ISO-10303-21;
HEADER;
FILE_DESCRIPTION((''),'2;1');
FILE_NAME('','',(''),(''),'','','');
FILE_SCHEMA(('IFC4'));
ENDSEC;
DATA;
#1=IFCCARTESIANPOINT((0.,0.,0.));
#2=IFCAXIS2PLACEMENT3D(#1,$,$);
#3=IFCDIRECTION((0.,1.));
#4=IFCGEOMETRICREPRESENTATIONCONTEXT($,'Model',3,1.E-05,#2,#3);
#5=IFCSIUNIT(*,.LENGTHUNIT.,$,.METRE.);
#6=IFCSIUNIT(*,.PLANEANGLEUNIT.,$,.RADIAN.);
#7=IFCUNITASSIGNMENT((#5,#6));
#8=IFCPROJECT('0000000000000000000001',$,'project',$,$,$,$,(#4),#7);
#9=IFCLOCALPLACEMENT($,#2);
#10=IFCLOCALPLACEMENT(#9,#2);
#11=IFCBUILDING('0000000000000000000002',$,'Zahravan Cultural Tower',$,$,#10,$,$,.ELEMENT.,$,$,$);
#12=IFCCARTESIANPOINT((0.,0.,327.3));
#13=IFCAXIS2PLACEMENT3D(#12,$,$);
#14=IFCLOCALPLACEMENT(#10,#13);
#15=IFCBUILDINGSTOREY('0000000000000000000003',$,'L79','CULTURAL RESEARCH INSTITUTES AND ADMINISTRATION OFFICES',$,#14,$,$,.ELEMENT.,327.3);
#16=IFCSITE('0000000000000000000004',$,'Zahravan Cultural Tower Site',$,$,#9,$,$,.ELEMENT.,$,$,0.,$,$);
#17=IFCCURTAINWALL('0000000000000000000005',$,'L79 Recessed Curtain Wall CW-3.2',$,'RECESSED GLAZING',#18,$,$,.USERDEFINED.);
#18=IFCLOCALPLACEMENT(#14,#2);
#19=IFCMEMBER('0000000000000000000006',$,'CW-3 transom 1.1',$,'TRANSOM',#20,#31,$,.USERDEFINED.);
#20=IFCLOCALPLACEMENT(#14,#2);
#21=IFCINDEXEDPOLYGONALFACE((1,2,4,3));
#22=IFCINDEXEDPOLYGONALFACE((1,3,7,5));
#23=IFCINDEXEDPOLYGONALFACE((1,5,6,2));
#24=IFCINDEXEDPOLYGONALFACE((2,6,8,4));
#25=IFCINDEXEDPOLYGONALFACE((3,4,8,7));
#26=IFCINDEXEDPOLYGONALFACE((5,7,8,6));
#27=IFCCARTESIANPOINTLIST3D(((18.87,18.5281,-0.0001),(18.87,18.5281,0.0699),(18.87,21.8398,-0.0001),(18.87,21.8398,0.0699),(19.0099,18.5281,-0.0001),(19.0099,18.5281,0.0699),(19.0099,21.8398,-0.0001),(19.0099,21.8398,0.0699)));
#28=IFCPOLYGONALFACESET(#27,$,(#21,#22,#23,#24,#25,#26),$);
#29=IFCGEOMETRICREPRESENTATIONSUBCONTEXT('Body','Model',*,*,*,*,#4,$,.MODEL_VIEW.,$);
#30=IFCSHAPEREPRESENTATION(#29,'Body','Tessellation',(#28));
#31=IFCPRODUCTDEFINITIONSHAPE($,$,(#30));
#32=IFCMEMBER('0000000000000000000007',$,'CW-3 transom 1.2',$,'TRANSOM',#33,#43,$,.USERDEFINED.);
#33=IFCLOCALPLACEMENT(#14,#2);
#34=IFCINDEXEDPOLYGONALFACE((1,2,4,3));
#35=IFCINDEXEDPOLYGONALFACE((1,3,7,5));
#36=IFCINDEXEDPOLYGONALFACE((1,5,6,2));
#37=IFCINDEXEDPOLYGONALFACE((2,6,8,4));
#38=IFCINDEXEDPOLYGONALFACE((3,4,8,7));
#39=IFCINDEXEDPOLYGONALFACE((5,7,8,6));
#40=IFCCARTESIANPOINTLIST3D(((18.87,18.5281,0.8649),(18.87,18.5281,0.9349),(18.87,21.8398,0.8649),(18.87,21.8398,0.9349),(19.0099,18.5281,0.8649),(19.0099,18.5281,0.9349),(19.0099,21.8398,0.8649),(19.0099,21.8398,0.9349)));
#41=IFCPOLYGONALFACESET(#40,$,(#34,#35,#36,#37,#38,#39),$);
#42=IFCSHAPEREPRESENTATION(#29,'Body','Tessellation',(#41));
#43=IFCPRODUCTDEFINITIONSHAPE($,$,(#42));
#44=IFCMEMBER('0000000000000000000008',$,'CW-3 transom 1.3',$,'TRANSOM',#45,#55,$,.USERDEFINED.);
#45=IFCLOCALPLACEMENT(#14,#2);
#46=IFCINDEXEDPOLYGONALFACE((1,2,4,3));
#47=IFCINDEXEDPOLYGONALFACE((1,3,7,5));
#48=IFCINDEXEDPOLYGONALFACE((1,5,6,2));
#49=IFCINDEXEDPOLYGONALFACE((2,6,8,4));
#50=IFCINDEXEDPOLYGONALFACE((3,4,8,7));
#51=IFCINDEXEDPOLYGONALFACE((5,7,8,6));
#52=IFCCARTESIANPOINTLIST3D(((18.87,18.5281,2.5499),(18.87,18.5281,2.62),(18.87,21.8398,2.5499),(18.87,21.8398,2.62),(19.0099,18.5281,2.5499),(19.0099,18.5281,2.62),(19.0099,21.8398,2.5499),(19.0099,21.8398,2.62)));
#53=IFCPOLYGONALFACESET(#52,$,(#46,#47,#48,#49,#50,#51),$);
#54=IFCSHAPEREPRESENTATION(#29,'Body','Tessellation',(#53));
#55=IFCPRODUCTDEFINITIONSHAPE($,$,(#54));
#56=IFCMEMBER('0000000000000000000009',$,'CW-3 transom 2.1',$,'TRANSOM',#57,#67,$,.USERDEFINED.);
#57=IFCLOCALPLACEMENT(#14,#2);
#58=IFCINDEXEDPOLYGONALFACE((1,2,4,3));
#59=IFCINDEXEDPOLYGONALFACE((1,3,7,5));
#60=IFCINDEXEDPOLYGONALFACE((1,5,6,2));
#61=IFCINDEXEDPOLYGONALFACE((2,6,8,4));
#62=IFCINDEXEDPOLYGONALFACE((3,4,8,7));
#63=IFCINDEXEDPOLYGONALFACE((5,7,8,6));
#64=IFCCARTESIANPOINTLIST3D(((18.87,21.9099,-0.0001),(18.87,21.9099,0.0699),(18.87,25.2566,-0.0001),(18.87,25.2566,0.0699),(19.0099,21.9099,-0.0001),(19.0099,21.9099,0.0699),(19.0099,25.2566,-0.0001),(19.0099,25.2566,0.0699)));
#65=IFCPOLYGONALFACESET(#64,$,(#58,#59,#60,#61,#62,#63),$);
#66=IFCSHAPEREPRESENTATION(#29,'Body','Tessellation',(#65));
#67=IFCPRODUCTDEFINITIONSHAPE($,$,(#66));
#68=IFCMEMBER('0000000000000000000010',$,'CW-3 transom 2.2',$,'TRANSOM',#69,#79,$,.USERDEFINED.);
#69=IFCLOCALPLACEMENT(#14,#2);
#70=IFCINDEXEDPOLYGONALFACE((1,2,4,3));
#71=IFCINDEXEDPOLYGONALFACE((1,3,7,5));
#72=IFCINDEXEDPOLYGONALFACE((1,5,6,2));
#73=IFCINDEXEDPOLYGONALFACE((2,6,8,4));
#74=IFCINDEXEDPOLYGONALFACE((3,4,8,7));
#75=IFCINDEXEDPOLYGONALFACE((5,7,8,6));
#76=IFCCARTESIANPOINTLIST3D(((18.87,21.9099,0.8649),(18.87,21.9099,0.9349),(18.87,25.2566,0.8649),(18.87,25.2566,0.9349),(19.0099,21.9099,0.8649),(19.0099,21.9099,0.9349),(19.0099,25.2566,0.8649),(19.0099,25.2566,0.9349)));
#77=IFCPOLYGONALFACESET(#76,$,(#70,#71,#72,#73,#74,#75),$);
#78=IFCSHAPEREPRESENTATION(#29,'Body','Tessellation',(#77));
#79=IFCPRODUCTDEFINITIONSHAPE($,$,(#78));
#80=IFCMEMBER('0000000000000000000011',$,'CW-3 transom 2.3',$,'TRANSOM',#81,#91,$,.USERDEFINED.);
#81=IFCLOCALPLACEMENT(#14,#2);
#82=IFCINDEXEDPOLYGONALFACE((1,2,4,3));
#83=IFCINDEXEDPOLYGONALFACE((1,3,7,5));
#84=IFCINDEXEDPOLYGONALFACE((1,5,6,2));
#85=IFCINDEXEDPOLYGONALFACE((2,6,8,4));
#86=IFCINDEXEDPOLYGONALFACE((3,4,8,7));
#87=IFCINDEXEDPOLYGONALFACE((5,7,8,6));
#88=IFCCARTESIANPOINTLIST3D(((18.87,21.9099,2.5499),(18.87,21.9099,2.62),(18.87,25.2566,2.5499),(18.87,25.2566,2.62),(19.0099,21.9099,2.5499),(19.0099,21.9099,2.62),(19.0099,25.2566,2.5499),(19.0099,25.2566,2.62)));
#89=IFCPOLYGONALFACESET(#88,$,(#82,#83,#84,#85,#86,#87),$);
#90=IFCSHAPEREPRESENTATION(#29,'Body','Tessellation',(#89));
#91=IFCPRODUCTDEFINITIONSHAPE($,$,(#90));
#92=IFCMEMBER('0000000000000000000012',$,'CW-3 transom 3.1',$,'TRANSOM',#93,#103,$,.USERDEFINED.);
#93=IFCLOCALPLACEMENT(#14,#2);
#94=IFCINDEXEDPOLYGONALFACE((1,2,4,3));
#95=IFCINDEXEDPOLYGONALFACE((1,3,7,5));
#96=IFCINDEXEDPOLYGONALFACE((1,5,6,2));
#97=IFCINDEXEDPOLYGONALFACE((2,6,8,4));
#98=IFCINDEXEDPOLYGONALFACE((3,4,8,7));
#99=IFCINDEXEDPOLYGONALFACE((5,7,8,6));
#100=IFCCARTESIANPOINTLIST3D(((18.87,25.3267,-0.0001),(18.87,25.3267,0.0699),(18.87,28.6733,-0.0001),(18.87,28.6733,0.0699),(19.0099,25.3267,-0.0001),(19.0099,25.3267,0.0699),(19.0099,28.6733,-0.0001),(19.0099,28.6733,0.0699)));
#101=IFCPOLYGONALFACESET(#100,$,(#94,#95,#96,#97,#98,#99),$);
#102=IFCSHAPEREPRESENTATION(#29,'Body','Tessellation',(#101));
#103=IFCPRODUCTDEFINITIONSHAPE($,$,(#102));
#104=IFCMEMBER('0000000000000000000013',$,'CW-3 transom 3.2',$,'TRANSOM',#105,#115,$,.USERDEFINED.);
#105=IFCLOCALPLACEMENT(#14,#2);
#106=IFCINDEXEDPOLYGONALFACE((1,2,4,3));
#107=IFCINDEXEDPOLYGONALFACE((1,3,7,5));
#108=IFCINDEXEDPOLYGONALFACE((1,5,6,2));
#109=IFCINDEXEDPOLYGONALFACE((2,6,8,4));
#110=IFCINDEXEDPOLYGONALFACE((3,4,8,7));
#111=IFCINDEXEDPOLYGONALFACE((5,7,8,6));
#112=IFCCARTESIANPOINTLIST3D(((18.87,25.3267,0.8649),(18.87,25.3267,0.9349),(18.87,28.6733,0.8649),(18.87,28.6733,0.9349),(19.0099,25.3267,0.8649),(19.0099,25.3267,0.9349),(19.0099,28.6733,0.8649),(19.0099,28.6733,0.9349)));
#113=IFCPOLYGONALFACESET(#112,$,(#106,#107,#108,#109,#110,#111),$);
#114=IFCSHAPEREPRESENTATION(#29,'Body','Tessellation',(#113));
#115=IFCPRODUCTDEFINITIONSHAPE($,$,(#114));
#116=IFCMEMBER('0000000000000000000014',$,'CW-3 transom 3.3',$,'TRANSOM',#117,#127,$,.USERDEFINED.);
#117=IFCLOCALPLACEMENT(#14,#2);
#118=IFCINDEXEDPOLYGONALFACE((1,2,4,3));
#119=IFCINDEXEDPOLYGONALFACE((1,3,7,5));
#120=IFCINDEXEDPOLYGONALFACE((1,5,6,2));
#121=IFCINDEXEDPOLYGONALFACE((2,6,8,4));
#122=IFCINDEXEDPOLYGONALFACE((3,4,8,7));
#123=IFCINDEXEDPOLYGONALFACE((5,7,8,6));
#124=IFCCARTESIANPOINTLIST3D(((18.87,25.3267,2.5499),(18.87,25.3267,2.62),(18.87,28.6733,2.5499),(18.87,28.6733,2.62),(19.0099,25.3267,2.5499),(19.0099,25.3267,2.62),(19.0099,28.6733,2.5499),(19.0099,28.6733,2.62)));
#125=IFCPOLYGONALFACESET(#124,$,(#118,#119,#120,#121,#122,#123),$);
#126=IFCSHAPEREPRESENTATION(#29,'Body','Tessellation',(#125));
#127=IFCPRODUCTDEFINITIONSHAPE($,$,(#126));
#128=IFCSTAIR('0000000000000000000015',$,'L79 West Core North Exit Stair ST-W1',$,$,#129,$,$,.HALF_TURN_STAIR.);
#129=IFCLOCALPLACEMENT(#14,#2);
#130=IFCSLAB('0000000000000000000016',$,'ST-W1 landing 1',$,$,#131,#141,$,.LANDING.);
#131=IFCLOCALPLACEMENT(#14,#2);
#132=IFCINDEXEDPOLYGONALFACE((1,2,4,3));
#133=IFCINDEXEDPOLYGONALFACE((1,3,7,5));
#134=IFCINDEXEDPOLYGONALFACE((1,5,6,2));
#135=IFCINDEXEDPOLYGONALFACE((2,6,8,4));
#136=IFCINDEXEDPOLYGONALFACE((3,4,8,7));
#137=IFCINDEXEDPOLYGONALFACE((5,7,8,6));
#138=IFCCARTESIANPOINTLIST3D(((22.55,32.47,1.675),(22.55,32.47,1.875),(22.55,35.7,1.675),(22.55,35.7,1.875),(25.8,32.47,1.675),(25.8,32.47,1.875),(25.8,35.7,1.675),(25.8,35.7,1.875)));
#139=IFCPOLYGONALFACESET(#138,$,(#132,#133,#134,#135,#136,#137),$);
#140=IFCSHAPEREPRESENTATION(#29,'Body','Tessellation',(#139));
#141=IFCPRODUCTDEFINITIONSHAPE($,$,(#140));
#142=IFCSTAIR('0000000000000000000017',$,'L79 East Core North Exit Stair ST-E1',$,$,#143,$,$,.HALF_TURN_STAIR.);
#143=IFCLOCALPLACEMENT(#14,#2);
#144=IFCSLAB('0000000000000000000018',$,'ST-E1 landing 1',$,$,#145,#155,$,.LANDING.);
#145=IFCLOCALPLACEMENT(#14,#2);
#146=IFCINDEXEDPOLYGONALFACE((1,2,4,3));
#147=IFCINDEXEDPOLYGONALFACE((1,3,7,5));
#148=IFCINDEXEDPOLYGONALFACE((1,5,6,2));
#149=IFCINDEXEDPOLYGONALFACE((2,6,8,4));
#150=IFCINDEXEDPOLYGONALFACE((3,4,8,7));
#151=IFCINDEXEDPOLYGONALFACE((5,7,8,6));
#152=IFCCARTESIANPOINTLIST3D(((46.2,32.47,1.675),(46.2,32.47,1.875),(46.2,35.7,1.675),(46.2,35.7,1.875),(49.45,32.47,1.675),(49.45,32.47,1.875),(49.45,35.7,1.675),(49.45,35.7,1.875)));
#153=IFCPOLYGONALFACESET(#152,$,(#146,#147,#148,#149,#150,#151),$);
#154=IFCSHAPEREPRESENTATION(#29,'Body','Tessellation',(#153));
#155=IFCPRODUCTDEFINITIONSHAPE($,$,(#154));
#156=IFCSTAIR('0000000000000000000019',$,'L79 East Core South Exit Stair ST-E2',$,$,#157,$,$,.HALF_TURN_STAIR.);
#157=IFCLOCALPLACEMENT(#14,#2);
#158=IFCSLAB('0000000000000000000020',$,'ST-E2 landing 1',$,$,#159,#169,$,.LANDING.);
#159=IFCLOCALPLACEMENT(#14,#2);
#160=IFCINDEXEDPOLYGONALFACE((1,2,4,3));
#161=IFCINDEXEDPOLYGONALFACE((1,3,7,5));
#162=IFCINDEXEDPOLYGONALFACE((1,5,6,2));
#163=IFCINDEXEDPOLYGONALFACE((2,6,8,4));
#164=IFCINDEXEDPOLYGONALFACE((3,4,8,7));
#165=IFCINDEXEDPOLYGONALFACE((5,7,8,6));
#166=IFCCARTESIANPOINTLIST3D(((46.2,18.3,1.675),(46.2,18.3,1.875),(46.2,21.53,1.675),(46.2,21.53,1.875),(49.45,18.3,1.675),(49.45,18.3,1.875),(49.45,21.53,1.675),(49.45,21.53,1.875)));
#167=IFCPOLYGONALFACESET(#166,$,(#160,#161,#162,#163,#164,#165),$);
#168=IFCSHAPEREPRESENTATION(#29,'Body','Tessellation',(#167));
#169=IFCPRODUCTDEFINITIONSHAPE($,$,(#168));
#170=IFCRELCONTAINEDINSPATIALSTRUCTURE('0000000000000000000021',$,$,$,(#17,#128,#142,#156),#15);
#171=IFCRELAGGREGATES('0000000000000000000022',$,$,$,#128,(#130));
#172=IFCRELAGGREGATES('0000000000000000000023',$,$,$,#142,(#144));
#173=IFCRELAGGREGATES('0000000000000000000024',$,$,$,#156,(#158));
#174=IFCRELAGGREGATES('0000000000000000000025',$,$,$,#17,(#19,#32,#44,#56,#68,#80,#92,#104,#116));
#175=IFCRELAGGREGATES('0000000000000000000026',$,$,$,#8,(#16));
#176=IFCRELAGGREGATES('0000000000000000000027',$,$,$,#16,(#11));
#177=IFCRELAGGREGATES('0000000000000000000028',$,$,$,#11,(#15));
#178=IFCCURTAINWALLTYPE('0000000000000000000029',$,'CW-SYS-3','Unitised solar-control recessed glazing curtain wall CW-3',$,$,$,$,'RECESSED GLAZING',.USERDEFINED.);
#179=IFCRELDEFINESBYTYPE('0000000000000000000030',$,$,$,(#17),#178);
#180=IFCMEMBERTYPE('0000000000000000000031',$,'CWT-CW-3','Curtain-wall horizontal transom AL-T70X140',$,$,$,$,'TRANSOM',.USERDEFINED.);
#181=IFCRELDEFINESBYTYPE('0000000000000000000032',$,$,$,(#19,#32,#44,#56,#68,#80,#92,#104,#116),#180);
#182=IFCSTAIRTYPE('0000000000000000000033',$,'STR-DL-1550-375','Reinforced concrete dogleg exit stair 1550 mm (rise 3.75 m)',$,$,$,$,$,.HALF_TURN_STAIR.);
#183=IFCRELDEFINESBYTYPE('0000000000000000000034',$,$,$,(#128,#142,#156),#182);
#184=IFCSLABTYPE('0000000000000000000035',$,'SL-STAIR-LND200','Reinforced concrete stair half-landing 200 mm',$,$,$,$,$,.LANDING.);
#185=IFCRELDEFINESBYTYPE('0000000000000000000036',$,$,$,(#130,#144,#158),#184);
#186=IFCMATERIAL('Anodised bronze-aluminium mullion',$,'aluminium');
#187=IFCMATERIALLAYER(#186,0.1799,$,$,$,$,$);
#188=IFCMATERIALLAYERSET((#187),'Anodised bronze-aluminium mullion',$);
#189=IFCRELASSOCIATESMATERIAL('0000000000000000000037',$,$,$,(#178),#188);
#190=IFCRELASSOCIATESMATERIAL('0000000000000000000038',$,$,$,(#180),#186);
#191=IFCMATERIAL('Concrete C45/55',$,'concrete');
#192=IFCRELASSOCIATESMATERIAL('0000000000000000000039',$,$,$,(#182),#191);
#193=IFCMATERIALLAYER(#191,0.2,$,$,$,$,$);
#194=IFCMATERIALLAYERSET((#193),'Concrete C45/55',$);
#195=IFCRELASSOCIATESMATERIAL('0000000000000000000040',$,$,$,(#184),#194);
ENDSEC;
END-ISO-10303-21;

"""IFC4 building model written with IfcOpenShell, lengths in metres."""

from ifc_helpers import new_model, si_unit, direction, frame, origin, origin_2d, place, context, subcontext, project, spatial, polyline, rectangle, outline, extrude, source, transform, mapped, material, layer, layer_set, material_profile, profile_set, type_object, element, aggregate, save


model = new_model("IFC4")

# Units and contexts
model_context = context("Model", 3, precision=1e-05, world=origin(), true_north=direction((0.0, 1.0)))
body_context = subcontext(model_context, "Body", "Model", "MODEL_VIEW")
ifc_project = project(units=[si_unit("LENGTHUNIT", "METRE"), si_unit("PLANEANGLEUNIT", "RADIAN")], contexts=[model_context])

# Site, building, storey
site_placement = place(None, origin())
site = spatial("IfcSite", under=ifc_project, at=site_placement, Name="Zahravan Cultural Tower Site", CompositionType="ELEMENT", RefElevation=0.0)
building_placement = place(site_placement, origin())
building = spatial("IfcBuilding", under=site, at=building_placement, Name="Zahravan Cultural Tower", CompositionType="ELEMENT")
storey_placement = place(building_placement, frame((0.0, 0.0, 327.3)))
storey = spatial("IfcBuildingStorey", under=building, at=storey_placement, Name="L79", Description="CULTURAL RESEARCH INSTITUTES AND ADMINISTRATION OFFICES", CompositionType="ELEMENT", Elevation=327.3)

# Curtain wall, members
ifc_material_1 = material(Name="Anodised bronze-aluminium mullion", Category="aluminium")
ifc_layer_1 = layer(ifc_material_1, 0.1799)
ifc_layer_set_1 = layer_set([ifc_layer_1], Name="Anodised bronze-aluminium mullion")
curtain_wall_type = type_object("IfcCurtainWallType", Name="CW-SYS-3", Description="Unitised solar-control recessed glazing curtain wall CW-3", ElementType="RECESSED GLAZING", PredefinedType="USERDEFINED", material=ifc_layer_set_1)
curtain_wall_placement = place(storey_placement, origin())
curtain_wall = element("IfcCurtainWall", 1, at=curtain_wall_placement, inside=storey, type_object=curtain_wall_type, Name="L79 Recessed Curtain Wall CW-3.2", ObjectType="RECESSED GLAZING", PredefinedType="USERDEFINED")
ifc_material_profile_1 = material_profile(ifc_material_1, rectangle(XDim=0.1399, YDim=0.0701, at=origin_2d()), Name="AL-T70X140")
ifc_profile_set_1 = profile_set([ifc_material_profile_1], Name="Anodised bronze-aluminium mullion")
member_type_1 = type_object("IfcMemberType", Name="CWT-CW-3", Description="Curtain-wall horizontal transom AL-T70X140", ElementType="TRANSOM", PredefinedType="USERDEFINED", material=ifc_profile_set_1)
shared_shape_1 = source(origin(), body_context, "Body", "SweptSolid", [
    extrude(rectangle(XDim=0.1399, YDim=0.0701, at=origin_2d()), origin(), (0.0, 0.0, 1.0), 3.3118),
])
member_1_placement = place(storey_placement, frame((18.9399, 18.5281, 0.0349), z_axis=(0.0, 1.0, 0.0), x_axis=(-1.0, 0.0, 0.0)))
member_1 = element("IfcMember", 2, at=member_1_placement, type_object=member_type_1, Name="CW-3 transom 1.1", ObjectType="TRANSOM", PredefinedType="USERDEFINED", context=body_context, shape_type="MappedRepresentation", body=[
    mapped(shared_shape_1, transform((0.0, 0.0, 0.0), x_axis=(1.0, 0.0, 0.0), y_axis=(0.0, 1.0, 0.0), z_axis=(0.0, 0.0, 1.0), scale=1.0)),
])
member_2_placement = place(storey_placement, frame((18.9399, 18.5281, 0.8999), z_axis=(0.0, 1.0, 0.0), x_axis=(-1.0, 0.0, 0.0)))
member_2 = element("IfcMember", 3, at=member_2_placement, type_object=member_type_1, Name="CW-3 transom 1.2", ObjectType="TRANSOM", PredefinedType="USERDEFINED", context=body_context, shape_type="MappedRepresentation", body=[
    mapped(shared_shape_1, transform((0.0, 0.0, 0.0), x_axis=(1.0, 0.0, 0.0), y_axis=(0.0, 1.0, 0.0), z_axis=(0.0, 0.0, 1.0), scale=1.0)),
])
member_3_placement = place(storey_placement, frame((18.9399, 18.5281, 2.585), z_axis=(0.0, 1.0, 0.0), x_axis=(-1.0, 0.0, 0.0)))
member_3 = element("IfcMember", 4, at=member_3_placement, type_object=member_type_1, Name="CW-3 transom 1.3", ObjectType="TRANSOM", PredefinedType="USERDEFINED", context=body_context, shape_type="MappedRepresentation", body=[
    mapped(shared_shape_1, transform((0.0, 0.0, 0.0), x_axis=(1.0, 0.0, 0.0), y_axis=(0.0, 1.0, 0.0), z_axis=(0.0, 0.0, 1.0), scale=1.0)),
])
shared_shape_2 = source(origin(), body_context, "Body", "SweptSolid", [
    extrude(rectangle(XDim=0.1399, YDim=0.0701, at=origin_2d()), origin(), (0.0, 0.0, 1.0), 3.3467),
])
member_4_placement = place(storey_placement, frame((18.9399, 21.9099, 0.0349), z_axis=(0.0, 1.0, 0.0), x_axis=(-1.0, 0.0, 0.0)))
member_4 = element("IfcMember", 5, at=member_4_placement, type_object=member_type_1, Name="CW-3 transom 2.1", ObjectType="TRANSOM", PredefinedType="USERDEFINED", context=body_context, shape_type="MappedRepresentation", body=[
    mapped(shared_shape_2, transform((0.0, 0.0, 0.0), x_axis=(1.0, 0.0, 0.0), y_axis=(0.0, 1.0, 0.0), z_axis=(0.0, 0.0, 1.0), scale=1.0)),
])
member_5_placement = place(storey_placement, frame((18.9399, 21.9099, 0.8999), z_axis=(0.0, 1.0, 0.0), x_axis=(-1.0, 0.0, 0.0)))
member_5 = element("IfcMember", 6, at=member_5_placement, type_object=member_type_1, Name="CW-3 transom 2.2", ObjectType="TRANSOM", PredefinedType="USERDEFINED", context=body_context, shape_type="MappedRepresentation", body=[
    mapped(shared_shape_2, transform((0.0, 0.0, 0.0), x_axis=(1.0, 0.0, 0.0), y_axis=(0.0, 1.0, 0.0), z_axis=(0.0, 0.0, 1.0), scale=1.0)),
])
member_6_placement = place(storey_placement, frame((18.9399, 21.9099, 2.585), z_axis=(0.0, 1.0, 0.0), x_axis=(-1.0, 0.0, 0.0)))
member_6 = element("IfcMember", 7, at=member_6_placement, type_object=member_type_1, Name="CW-3 transom 2.3", ObjectType="TRANSOM", PredefinedType="USERDEFINED", context=body_context, shape_type="MappedRepresentation", body=[
    mapped(shared_shape_2, transform((0.0, 0.0, 0.0), x_axis=(1.0, 0.0, 0.0), y_axis=(0.0, 1.0, 0.0), z_axis=(0.0, 0.0, 1.0), scale=1.0)),
])
member_7_placement = place(storey_placement, frame((18.9399, 25.3267, 0.0349), z_axis=(0.0, 1.0, 0.0), x_axis=(-1.0, 0.0, 0.0)))
member_7 = element("IfcMember", 8, at=member_7_placement, type_object=member_type_1, Name="CW-3 transom 3.1", ObjectType="TRANSOM", PredefinedType="USERDEFINED", context=body_context, shape_type="MappedRepresentation", body=[
    mapped(shared_shape_2, transform((0.0, 0.0, 0.0), x_axis=(1.0, 0.0, 0.0), y_axis=(0.0, 1.0, 0.0), z_axis=(0.0, 0.0, 1.0), scale=1.0)),
])
member_8_placement = place(storey_placement, frame((18.9399, 25.3267, 0.8999), z_axis=(0.0, 1.0, 0.0), x_axis=(-1.0, 0.0, 0.0)))
member_8 = element("IfcMember", 9, at=member_8_placement, type_object=member_type_1, Name="CW-3 transom 3.2", ObjectType="TRANSOM", PredefinedType="USERDEFINED", context=body_context, shape_type="MappedRepresentation", body=[
    mapped(shared_shape_2, transform((0.0, 0.0, 0.0), x_axis=(1.0, 0.0, 0.0), y_axis=(0.0, 1.0, 0.0), z_axis=(0.0, 0.0, 1.0), scale=1.0)),
])
member_9_placement = place(storey_placement, frame((18.9399, 25.3267, 2.585), z_axis=(0.0, 1.0, 0.0), x_axis=(-1.0, 0.0, 0.0)))
member_9 = element("IfcMember", 10, at=member_9_placement, type_object=member_type_1, Name="CW-3 transom 3.3", ObjectType="TRANSOM", PredefinedType="USERDEFINED", context=body_context, shape_type="MappedRepresentation", body=[
    mapped(shared_shape_2, transform((0.0, 0.0, 0.0), x_axis=(1.0, 0.0, 0.0), y_axis=(0.0, 1.0, 0.0), z_axis=(0.0, 0.0, 1.0), scale=1.0)),
])

# Stairs, slabs
ifc_material_2 = material(Name="Concrete C45/55", Category="concrete")
stair_type = type_object("IfcStairType", Name="STR-DL-1550-375", Description="Reinforced concrete dogleg exit stair 1550 mm (rise 3.75 m)", PredefinedType="HALF_TURN_STAIR", material=ifc_material_2)
stair_1_placement = place(storey_placement, origin())
stair_1 = element("IfcStair", 11, at=stair_1_placement, inside=storey, type_object=stair_type, Name="L79 West Core North Exit Stair ST-W1", PredefinedType="HALF_TURN_STAIR")
ifc_layer_2 = layer(ifc_material_2, 0.2)
ifc_layer_set_2 = layer_set([ifc_layer_2], Name="Concrete C45/55")
slab_type_1 = type_object("IfcSlabType", Name="SL-STAIR-LND200", Description="Reinforced concrete stair half-landing 200 mm", PredefinedType="LANDING", material=ifc_layer_set_2)
slab_1_placement = place(storey_placement, frame((0.0, 0.0, 1.675)))
slab_1 = element("IfcSlab", 12, at=slab_1_placement, type_object=slab_type_1, Name="ST-W1 landing 1", PredefinedType="LANDING", context=body_context, shape_type="SweptSolid", body=[
    extrude(outline(polyline([(25.8, 32.47), (25.8, 35.7), (22.55, 35.7), (22.55, 32.47), (25.8, 32.47)])), origin(), (0.0, 0.0, 1.0), 0.2),
])
aggregate(stair_1, [slab_1])
stair_2_placement = place(storey_placement, origin())
stair_2 = element("IfcStair", 13, at=stair_2_placement, inside=storey, type_object=stair_type, Name="L79 East Core North Exit Stair ST-E1", PredefinedType="HALF_TURN_STAIR")
slab_2_placement = place(storey_placement, frame((0.0, 0.0, 1.675)))
slab_2 = element("IfcSlab", 14, at=slab_2_placement, type_object=slab_type_1, Name="ST-E1 landing 1", PredefinedType="LANDING", context=body_context, shape_type="SweptSolid", body=[
    extrude(outline(polyline([(49.45, 32.47), (49.45, 35.7), (46.2, 35.7), (46.2, 32.47), (49.45, 32.47)])), origin(), (0.0, 0.0, 1.0), 0.2),
])
aggregate(stair_2, [slab_2])
stair_3_placement = place(storey_placement, origin())
stair_3 = element("IfcStair", 15, at=stair_3_placement, inside=storey, type_object=stair_type, Name="L79 East Core South Exit Stair ST-E2", PredefinedType="HALF_TURN_STAIR")
slab_3_placement = place(storey_placement, frame((0.0, 0.0, 1.675)))
slab_3 = element("IfcSlab", 16, at=slab_3_placement, type_object=slab_type_1, Name="ST-E2 landing 1", PredefinedType="LANDING", context=body_context, shape_type="SweptSolid", body=[
    extrude(outline(polyline([(46.2, 21.53), (46.2, 18.3), (49.45, 18.3), (49.45, 21.53), (46.2, 21.53)])), origin(), (0.0, 0.0, 1.0), 0.2),
])
aggregate(stair_3, [slab_3])

aggregate(curtain_wall, [member_1, member_2, member_3, member_4, member_5, member_6, member_7, member_8, member_9])

save(model, "model.ifc")
